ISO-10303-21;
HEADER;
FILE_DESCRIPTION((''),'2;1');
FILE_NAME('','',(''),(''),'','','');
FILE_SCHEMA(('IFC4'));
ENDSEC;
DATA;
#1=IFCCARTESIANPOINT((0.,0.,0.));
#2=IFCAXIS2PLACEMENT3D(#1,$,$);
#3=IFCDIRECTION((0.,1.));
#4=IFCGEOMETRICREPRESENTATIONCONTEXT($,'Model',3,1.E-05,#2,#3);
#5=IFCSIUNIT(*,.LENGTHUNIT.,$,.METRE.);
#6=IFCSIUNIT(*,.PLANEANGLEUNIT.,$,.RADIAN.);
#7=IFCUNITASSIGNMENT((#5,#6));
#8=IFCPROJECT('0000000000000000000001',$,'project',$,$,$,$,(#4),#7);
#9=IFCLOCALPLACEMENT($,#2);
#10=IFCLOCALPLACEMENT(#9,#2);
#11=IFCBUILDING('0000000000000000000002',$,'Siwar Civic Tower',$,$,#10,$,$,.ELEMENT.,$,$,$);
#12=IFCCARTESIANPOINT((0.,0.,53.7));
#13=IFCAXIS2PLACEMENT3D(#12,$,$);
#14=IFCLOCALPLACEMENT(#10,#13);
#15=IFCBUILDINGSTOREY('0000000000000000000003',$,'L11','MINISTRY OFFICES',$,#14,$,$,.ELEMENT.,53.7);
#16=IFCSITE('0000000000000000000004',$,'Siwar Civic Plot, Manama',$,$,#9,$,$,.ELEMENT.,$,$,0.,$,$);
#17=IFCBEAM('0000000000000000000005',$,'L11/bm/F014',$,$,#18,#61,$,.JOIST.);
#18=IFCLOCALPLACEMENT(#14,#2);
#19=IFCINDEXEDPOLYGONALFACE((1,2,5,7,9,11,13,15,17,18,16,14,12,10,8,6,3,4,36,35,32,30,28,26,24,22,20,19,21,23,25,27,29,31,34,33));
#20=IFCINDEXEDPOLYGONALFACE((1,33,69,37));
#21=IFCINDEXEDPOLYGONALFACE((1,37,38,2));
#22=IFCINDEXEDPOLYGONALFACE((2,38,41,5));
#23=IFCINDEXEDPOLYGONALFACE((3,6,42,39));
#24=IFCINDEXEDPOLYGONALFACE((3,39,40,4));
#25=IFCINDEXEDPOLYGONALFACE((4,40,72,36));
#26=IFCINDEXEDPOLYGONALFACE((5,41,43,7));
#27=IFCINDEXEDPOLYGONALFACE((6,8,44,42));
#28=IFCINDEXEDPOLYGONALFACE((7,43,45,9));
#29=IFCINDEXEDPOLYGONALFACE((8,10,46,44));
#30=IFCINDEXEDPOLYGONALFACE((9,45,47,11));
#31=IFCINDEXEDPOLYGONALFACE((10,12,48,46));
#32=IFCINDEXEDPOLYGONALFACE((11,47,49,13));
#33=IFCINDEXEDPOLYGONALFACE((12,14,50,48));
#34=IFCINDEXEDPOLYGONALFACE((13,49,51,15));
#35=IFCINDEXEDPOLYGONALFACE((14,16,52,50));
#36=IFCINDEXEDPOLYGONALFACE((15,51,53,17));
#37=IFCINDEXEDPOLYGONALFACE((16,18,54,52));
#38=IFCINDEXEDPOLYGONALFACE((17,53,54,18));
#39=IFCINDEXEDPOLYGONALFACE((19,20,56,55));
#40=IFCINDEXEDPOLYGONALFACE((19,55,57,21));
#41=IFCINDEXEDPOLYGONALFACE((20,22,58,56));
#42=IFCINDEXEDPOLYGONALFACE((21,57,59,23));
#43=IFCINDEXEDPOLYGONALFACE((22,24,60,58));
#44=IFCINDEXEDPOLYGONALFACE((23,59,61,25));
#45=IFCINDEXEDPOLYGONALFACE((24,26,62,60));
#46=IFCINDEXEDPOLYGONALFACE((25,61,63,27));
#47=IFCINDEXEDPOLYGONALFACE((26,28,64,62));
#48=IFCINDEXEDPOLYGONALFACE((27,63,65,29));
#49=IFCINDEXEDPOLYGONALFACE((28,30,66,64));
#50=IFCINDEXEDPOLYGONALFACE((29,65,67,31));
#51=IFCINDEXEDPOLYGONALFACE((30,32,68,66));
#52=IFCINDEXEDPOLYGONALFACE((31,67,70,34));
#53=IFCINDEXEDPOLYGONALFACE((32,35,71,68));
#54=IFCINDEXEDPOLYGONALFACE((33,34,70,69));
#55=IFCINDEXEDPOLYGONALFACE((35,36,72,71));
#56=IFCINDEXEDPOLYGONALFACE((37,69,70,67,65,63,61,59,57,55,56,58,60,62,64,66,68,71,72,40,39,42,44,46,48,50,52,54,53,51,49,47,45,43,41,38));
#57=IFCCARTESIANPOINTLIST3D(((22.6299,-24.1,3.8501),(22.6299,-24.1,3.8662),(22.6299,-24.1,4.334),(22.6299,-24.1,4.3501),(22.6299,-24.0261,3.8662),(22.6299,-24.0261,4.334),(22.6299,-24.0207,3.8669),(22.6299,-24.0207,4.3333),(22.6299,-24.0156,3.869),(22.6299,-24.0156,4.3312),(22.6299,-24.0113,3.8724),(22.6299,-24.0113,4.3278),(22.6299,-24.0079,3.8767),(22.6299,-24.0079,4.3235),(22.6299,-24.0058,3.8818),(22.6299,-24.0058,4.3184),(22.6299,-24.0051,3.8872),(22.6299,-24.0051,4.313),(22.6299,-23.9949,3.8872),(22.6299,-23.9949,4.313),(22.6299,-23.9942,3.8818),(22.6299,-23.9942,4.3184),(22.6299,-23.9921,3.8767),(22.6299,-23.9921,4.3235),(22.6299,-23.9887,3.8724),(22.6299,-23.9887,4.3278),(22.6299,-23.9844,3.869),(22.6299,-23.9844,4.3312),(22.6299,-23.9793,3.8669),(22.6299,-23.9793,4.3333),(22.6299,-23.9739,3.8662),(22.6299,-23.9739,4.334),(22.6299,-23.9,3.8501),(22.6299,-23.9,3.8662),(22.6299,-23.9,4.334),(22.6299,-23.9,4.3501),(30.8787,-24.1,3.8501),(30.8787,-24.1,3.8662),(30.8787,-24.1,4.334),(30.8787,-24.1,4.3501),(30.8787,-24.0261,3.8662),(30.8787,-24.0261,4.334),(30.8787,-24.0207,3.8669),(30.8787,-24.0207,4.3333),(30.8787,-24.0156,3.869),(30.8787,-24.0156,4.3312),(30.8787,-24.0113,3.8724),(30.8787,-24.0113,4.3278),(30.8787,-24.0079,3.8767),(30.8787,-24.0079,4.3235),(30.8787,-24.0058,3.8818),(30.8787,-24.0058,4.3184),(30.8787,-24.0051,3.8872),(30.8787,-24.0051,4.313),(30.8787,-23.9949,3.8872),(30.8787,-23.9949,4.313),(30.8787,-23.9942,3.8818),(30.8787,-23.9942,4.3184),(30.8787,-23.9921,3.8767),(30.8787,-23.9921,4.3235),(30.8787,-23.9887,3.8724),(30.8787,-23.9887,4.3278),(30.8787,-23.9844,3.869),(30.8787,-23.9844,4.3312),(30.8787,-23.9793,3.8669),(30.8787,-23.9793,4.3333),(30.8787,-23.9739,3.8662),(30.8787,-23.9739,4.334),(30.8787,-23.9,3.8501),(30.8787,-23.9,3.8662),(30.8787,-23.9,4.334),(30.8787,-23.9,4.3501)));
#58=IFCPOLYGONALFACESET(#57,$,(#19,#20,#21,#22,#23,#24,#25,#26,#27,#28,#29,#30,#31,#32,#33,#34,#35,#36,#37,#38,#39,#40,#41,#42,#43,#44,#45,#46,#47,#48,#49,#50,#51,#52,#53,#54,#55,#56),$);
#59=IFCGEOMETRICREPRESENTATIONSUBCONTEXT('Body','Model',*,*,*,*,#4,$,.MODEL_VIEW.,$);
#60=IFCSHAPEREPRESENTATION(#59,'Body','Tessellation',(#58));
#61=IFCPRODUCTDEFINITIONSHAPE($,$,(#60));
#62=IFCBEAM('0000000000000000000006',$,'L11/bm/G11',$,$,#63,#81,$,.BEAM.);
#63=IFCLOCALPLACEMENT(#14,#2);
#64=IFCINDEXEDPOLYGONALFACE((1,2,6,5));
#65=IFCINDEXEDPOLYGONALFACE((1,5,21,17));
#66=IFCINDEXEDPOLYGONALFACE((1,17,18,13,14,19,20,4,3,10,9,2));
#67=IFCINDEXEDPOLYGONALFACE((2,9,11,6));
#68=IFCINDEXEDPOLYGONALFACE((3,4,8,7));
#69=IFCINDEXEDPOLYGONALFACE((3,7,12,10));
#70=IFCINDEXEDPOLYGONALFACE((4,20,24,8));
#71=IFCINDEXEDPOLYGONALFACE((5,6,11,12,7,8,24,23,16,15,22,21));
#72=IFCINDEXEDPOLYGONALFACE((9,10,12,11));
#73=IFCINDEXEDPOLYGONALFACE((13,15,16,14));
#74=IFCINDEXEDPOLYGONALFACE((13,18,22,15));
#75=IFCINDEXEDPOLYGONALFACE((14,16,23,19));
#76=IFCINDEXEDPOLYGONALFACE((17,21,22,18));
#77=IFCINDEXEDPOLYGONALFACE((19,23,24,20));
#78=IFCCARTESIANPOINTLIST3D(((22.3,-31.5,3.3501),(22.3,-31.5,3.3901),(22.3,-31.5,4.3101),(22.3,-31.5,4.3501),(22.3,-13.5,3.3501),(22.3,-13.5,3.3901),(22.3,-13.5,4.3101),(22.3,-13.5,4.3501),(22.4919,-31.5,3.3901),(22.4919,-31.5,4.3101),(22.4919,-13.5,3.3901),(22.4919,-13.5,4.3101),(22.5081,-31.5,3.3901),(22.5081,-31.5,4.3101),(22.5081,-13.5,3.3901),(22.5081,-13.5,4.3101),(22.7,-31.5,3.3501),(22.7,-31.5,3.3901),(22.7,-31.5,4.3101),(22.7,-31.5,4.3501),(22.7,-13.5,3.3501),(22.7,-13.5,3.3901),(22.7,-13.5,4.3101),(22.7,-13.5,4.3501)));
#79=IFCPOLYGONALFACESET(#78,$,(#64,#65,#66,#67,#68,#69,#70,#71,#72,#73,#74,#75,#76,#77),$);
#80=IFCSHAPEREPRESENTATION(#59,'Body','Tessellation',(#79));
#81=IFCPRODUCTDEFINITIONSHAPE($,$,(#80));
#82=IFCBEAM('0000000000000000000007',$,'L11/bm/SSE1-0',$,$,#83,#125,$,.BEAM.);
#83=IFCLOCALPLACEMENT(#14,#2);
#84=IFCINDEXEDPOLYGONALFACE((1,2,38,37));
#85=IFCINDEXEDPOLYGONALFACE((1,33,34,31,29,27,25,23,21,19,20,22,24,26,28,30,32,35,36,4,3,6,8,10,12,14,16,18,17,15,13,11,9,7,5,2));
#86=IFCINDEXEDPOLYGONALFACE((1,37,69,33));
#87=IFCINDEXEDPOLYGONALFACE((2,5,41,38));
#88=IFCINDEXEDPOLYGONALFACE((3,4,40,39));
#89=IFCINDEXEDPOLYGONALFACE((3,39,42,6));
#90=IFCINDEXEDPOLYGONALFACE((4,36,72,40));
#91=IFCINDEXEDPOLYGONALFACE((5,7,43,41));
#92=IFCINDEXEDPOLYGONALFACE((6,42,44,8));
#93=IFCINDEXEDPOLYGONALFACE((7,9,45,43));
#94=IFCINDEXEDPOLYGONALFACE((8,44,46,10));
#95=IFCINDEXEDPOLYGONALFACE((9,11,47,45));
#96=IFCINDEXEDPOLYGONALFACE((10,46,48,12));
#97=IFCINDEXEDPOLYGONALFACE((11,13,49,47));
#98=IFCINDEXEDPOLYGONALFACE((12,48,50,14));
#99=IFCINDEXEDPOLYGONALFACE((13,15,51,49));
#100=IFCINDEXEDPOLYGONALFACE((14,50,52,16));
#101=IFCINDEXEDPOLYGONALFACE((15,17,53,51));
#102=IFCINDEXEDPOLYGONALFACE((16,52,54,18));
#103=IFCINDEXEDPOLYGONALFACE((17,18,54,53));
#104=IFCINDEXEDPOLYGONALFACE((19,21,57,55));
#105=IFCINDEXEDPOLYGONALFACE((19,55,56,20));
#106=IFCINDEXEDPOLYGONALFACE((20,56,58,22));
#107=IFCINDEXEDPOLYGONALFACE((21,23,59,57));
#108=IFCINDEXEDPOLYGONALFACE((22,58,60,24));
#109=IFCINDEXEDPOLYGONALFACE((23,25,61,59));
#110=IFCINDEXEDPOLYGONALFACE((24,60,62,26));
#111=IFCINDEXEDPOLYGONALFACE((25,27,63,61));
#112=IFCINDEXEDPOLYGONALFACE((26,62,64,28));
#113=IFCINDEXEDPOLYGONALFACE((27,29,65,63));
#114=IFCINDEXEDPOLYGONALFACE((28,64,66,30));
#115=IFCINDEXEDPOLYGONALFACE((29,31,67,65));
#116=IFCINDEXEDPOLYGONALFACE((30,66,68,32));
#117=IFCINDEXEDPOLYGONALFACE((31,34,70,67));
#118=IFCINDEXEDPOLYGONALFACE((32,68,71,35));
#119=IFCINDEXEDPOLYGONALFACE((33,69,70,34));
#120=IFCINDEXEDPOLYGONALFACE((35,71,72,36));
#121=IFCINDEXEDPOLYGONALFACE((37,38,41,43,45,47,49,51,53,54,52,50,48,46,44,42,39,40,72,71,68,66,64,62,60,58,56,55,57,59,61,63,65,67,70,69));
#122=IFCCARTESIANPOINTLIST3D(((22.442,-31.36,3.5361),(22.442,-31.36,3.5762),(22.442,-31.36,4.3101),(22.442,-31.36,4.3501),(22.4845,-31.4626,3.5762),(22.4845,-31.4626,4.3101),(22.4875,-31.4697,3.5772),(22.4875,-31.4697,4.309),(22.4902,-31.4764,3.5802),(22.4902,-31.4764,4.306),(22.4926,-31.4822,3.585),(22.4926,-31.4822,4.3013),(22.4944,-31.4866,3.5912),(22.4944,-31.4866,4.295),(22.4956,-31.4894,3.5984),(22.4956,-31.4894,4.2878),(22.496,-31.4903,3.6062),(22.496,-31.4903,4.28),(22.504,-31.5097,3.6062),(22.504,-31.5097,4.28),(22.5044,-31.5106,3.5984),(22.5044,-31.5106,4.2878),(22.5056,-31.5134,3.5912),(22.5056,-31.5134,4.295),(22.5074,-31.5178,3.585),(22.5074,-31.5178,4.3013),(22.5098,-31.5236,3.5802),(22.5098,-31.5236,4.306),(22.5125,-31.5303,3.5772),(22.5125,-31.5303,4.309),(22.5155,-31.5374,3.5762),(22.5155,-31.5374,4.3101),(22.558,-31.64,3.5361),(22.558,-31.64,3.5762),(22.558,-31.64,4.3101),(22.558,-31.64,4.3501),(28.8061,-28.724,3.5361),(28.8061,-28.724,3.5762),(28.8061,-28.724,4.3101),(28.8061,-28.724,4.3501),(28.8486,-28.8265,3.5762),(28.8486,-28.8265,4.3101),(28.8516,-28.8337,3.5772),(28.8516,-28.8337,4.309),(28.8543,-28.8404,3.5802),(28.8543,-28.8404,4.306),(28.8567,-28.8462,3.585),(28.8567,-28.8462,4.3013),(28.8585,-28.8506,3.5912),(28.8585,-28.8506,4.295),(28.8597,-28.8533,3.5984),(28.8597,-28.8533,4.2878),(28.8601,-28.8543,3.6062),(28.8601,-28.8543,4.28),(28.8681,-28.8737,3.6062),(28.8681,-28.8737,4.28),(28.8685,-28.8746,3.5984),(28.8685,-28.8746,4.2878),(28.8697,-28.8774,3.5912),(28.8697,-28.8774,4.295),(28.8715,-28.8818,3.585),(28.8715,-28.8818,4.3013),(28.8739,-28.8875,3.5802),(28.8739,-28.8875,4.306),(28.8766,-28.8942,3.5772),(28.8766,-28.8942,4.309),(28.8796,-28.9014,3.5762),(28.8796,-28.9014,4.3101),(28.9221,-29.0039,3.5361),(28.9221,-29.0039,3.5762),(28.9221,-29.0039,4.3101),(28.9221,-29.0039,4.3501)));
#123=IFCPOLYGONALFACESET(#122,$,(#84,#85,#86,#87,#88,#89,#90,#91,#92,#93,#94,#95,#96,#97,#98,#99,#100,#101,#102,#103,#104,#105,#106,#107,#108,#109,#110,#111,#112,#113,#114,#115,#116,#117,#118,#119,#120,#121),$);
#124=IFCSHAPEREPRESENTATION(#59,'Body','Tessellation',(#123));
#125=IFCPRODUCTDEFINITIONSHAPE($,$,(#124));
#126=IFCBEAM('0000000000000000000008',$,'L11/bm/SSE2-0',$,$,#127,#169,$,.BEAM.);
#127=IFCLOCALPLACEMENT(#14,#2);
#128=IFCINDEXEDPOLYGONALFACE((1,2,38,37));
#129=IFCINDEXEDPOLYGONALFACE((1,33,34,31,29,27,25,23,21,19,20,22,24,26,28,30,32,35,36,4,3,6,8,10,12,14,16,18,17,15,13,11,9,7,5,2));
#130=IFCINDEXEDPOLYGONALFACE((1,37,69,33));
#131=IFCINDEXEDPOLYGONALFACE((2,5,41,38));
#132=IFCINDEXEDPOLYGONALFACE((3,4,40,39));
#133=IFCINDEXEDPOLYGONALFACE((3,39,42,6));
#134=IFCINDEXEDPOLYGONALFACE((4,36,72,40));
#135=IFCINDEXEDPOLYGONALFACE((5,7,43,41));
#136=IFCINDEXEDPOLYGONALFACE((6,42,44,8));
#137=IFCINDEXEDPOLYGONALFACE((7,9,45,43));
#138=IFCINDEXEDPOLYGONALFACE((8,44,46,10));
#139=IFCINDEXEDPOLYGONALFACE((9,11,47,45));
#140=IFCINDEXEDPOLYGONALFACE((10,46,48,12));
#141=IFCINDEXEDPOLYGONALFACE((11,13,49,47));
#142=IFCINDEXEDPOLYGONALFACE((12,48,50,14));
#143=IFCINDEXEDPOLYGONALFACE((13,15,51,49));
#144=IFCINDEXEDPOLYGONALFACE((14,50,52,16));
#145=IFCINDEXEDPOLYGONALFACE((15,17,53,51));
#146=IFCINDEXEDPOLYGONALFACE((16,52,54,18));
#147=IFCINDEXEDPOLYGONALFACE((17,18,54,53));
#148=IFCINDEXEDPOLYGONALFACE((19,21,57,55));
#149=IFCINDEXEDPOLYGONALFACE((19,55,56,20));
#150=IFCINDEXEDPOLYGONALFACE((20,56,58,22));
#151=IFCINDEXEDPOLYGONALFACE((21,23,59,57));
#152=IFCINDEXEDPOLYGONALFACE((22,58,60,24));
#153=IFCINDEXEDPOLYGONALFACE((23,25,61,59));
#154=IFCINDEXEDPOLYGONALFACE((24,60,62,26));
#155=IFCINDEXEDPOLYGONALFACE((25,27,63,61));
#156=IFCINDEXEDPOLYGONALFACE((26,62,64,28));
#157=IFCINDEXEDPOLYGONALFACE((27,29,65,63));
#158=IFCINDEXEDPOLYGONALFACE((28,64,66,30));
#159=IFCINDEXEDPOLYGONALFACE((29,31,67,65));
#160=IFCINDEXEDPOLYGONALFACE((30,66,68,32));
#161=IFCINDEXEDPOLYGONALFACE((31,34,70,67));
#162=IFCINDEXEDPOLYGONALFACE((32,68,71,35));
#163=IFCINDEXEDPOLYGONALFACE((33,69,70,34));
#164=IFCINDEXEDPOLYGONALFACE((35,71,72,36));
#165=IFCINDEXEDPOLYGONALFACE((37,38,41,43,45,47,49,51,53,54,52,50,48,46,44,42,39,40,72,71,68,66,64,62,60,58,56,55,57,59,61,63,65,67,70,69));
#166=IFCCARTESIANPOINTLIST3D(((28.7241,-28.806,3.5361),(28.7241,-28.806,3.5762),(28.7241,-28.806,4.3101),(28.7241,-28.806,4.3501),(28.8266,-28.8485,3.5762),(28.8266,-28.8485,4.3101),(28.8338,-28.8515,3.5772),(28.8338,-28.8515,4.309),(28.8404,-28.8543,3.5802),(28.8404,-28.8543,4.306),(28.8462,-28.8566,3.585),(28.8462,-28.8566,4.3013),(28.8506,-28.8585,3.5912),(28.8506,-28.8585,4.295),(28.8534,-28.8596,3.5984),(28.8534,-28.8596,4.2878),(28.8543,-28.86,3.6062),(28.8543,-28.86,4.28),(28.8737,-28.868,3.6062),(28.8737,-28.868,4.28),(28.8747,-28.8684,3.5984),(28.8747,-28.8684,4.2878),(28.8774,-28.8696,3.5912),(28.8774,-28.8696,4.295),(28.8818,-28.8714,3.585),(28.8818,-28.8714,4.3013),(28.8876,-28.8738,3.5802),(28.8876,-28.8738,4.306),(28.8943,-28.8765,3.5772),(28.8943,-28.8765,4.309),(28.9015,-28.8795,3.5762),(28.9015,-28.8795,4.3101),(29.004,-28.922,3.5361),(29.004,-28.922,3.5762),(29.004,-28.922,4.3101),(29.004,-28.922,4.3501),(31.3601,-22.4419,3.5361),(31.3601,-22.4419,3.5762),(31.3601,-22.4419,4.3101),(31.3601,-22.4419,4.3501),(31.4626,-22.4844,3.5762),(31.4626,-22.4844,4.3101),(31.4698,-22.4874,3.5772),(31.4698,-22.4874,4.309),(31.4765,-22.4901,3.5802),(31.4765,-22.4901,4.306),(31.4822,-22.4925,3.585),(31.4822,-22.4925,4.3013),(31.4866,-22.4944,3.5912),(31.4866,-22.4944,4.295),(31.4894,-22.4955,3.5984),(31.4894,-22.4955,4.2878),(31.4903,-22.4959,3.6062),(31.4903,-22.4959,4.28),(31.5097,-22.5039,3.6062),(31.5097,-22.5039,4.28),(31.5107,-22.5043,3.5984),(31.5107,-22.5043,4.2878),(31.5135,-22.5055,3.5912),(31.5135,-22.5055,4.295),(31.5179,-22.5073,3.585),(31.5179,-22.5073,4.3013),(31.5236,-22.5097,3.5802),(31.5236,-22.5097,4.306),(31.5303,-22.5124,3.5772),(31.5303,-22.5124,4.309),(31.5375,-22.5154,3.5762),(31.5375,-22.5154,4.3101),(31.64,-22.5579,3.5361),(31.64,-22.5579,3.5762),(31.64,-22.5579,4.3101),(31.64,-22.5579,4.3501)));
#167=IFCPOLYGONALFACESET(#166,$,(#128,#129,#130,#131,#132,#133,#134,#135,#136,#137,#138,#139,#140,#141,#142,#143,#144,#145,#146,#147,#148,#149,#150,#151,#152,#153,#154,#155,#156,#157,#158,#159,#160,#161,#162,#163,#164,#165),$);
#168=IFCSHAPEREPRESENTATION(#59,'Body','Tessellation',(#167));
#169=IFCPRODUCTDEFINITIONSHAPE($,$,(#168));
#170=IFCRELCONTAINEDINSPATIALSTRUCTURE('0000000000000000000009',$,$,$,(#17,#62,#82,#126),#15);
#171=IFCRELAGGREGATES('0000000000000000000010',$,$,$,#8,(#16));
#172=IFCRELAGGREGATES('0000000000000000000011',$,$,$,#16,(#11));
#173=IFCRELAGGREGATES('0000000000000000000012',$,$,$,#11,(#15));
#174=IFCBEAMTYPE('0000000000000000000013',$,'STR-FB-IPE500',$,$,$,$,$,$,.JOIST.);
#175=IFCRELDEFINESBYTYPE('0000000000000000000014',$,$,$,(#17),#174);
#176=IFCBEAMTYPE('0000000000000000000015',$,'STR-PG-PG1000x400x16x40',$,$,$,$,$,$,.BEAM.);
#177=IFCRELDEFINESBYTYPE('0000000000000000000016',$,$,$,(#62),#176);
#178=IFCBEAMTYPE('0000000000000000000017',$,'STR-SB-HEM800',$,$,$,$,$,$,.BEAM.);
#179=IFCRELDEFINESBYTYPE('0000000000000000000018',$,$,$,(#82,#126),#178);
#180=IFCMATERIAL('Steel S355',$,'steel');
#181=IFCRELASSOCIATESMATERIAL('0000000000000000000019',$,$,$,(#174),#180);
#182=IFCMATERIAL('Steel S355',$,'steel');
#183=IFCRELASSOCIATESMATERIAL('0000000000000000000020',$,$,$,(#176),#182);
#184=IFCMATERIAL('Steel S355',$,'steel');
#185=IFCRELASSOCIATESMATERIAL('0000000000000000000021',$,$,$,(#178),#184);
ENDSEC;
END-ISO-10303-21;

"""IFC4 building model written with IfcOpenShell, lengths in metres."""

from ifc_helpers import new_model, si_unit, direction, frame, origin, origin_2d, place, context, subcontext, project, spatial, i_section, extrude, material, material_profile, profile_set, type_object, element, save


model = new_model("IFC4")

# Units and contexts
model_context = context("Model", 3, precision=1e-05, world=origin(), true_north=direction((0.0, 1.0)))
body_context = subcontext(model_context, "Body", "Model", "MODEL_VIEW")
ifc_project = project(units=[si_unit("LENGTHUNIT", "METRE"), si_unit("PLANEANGLEUNIT", "RADIAN")], contexts=[model_context])

# Site, building, storey
site_placement = place(None, origin())
site = spatial("IfcSite", under=ifc_project, at=site_placement, Name="Siwar Civic Plot, Manama", CompositionType="ELEMENT", RefElevation=0.0)
building_placement = place(site_placement, origin())
building = spatial("IfcBuilding", under=site, at=building_placement, Name="Siwar Civic Tower", CompositionType="ELEMENT")
storey_placement = place(building_placement, frame((0.0, 0.0, 53.7)))
storey = spatial("IfcBuildingStorey", under=building, at=storey_placement, Name="L11", Description="MINISTRY OFFICES", CompositionType="ELEMENT", Elevation=53.7)

# Beams
ifc_material_1 = material(Name="Steel S355", Category="steel")
ifc_material_profile_1 = material_profile(ifc_material_1, i_section(OverallWidth=0.2, OverallDepth=0.5, WebThickness=0.0103, FlangeThickness=0.0161, FilletRadius=0.021, at=origin_2d()), Name="IPE500")
ifc_profile_set_1 = profile_set([ifc_material_profile_1], Name="Steel S355")
beam_type_1 = type_object("IfcBeamType", Name="STR-FB-IPE500", PredefinedType="JOIST", material=ifc_profile_set_1)
beam_1_placement = place(storey_placement, frame((22.6299, -24.0, 4.1001), z_axis=(1.0, 0.0, 0.0), x_axis=(0.0, 1.0, 0.0)))
element("IfcBeam", 1, at=beam_1_placement, inside=storey, type_object=beam_type_1, Name="L11/bm/F014", PredefinedType="JOIST", context=body_context, shape_type="SweptSolid", body=[
    extrude(i_section(OverallWidth=0.2, OverallDepth=0.5, WebThickness=0.0103, FlangeThickness=0.0161, FilletRadius=0.021, at=origin_2d()), origin(), (0.0, 0.0, 1.0), 8.2488),
])
ifc_material_2 = material(Name="Steel S355", Category="steel")
ifc_material_profile_2 = material_profile(ifc_material_2, i_section(OverallWidth=0.3999, OverallDepth=1.0, WebThickness=0.0161, FlangeThickness=0.04, at=origin_2d()), Name="PG1000x400x16x40")
ifc_profile_set_2 = profile_set([ifc_material_profile_2], Name="Steel S355")
beam_type_2 = type_object("IfcBeamType", Name="STR-PG-PG1000x400x16x40", PredefinedType="BEAM", material=ifc_profile_set_2)
beam_2_placement = place(storey_placement, frame((22.5, -31.5, 3.8501), z_axis=(0.0, 1.0, 0.0), x_axis=(-1.0, 0.0, 0.0)))
element("IfcBeam", 2, at=beam_2_placement, inside=storey, type_object=beam_type_2, Name="L11/bm/G11", PredefinedType="BEAM", context=body_context, shape_type="SweptSolid", body=[
    extrude(i_section(OverallWidth=0.3999, OverallDepth=1.0, WebThickness=0.0161, FlangeThickness=0.04, at=origin_2d()), origin(), (0.0, 0.0, 1.0), 18.0),
])
ifc_material_3 = material(Name="Steel S355", Category="steel")
ifc_material_profile_3 = material_profile(ifc_material_3, i_section(OverallWidth=0.303, OverallDepth=0.814, WebThickness=0.021, FlangeThickness=0.04, FilletRadius=0.03, at=origin_2d()), Name="HEM800")
ifc_profile_set_3 = profile_set([ifc_material_profile_3], Name="Steel S355")
beam_type_3 = type_object("IfcBeamType", Name="STR-SB-HEM800", PredefinedType="BEAM", material=ifc_profile_set_3)
for number, where, z_axis, x_axis, name in (
    (3, (22.5, -31.5, 3.9431), (0.923883, 0.382674, 0.0), (-0.382674, 0.923883, 0.0), "L11/bm/SSE1-0"),
    (4, (28.864, -28.864, 3.9431), (0.382674, 0.923883, 0.0), (-0.923883, 0.382674, 0.0), "L11/bm/SSE2-0"),
):
    element("IfcBeam", number, at=place(storey_placement, frame(where, z_axis=z_axis, x_axis=x_axis)), inside=storey, type_object=beam_type_3, Name=name, PredefinedType="BEAM", context=body_context, shape_type="SweptSolid", body=[
        extrude(i_section(OverallWidth=0.303, OverallDepth=0.814, WebThickness=0.021, FlangeThickness=0.04, FilletRadius=0.03, at=origin_2d()), origin(), (0.0, 0.0, 1.0), 6.8884),
    ])

save(model, "model.ifc")
